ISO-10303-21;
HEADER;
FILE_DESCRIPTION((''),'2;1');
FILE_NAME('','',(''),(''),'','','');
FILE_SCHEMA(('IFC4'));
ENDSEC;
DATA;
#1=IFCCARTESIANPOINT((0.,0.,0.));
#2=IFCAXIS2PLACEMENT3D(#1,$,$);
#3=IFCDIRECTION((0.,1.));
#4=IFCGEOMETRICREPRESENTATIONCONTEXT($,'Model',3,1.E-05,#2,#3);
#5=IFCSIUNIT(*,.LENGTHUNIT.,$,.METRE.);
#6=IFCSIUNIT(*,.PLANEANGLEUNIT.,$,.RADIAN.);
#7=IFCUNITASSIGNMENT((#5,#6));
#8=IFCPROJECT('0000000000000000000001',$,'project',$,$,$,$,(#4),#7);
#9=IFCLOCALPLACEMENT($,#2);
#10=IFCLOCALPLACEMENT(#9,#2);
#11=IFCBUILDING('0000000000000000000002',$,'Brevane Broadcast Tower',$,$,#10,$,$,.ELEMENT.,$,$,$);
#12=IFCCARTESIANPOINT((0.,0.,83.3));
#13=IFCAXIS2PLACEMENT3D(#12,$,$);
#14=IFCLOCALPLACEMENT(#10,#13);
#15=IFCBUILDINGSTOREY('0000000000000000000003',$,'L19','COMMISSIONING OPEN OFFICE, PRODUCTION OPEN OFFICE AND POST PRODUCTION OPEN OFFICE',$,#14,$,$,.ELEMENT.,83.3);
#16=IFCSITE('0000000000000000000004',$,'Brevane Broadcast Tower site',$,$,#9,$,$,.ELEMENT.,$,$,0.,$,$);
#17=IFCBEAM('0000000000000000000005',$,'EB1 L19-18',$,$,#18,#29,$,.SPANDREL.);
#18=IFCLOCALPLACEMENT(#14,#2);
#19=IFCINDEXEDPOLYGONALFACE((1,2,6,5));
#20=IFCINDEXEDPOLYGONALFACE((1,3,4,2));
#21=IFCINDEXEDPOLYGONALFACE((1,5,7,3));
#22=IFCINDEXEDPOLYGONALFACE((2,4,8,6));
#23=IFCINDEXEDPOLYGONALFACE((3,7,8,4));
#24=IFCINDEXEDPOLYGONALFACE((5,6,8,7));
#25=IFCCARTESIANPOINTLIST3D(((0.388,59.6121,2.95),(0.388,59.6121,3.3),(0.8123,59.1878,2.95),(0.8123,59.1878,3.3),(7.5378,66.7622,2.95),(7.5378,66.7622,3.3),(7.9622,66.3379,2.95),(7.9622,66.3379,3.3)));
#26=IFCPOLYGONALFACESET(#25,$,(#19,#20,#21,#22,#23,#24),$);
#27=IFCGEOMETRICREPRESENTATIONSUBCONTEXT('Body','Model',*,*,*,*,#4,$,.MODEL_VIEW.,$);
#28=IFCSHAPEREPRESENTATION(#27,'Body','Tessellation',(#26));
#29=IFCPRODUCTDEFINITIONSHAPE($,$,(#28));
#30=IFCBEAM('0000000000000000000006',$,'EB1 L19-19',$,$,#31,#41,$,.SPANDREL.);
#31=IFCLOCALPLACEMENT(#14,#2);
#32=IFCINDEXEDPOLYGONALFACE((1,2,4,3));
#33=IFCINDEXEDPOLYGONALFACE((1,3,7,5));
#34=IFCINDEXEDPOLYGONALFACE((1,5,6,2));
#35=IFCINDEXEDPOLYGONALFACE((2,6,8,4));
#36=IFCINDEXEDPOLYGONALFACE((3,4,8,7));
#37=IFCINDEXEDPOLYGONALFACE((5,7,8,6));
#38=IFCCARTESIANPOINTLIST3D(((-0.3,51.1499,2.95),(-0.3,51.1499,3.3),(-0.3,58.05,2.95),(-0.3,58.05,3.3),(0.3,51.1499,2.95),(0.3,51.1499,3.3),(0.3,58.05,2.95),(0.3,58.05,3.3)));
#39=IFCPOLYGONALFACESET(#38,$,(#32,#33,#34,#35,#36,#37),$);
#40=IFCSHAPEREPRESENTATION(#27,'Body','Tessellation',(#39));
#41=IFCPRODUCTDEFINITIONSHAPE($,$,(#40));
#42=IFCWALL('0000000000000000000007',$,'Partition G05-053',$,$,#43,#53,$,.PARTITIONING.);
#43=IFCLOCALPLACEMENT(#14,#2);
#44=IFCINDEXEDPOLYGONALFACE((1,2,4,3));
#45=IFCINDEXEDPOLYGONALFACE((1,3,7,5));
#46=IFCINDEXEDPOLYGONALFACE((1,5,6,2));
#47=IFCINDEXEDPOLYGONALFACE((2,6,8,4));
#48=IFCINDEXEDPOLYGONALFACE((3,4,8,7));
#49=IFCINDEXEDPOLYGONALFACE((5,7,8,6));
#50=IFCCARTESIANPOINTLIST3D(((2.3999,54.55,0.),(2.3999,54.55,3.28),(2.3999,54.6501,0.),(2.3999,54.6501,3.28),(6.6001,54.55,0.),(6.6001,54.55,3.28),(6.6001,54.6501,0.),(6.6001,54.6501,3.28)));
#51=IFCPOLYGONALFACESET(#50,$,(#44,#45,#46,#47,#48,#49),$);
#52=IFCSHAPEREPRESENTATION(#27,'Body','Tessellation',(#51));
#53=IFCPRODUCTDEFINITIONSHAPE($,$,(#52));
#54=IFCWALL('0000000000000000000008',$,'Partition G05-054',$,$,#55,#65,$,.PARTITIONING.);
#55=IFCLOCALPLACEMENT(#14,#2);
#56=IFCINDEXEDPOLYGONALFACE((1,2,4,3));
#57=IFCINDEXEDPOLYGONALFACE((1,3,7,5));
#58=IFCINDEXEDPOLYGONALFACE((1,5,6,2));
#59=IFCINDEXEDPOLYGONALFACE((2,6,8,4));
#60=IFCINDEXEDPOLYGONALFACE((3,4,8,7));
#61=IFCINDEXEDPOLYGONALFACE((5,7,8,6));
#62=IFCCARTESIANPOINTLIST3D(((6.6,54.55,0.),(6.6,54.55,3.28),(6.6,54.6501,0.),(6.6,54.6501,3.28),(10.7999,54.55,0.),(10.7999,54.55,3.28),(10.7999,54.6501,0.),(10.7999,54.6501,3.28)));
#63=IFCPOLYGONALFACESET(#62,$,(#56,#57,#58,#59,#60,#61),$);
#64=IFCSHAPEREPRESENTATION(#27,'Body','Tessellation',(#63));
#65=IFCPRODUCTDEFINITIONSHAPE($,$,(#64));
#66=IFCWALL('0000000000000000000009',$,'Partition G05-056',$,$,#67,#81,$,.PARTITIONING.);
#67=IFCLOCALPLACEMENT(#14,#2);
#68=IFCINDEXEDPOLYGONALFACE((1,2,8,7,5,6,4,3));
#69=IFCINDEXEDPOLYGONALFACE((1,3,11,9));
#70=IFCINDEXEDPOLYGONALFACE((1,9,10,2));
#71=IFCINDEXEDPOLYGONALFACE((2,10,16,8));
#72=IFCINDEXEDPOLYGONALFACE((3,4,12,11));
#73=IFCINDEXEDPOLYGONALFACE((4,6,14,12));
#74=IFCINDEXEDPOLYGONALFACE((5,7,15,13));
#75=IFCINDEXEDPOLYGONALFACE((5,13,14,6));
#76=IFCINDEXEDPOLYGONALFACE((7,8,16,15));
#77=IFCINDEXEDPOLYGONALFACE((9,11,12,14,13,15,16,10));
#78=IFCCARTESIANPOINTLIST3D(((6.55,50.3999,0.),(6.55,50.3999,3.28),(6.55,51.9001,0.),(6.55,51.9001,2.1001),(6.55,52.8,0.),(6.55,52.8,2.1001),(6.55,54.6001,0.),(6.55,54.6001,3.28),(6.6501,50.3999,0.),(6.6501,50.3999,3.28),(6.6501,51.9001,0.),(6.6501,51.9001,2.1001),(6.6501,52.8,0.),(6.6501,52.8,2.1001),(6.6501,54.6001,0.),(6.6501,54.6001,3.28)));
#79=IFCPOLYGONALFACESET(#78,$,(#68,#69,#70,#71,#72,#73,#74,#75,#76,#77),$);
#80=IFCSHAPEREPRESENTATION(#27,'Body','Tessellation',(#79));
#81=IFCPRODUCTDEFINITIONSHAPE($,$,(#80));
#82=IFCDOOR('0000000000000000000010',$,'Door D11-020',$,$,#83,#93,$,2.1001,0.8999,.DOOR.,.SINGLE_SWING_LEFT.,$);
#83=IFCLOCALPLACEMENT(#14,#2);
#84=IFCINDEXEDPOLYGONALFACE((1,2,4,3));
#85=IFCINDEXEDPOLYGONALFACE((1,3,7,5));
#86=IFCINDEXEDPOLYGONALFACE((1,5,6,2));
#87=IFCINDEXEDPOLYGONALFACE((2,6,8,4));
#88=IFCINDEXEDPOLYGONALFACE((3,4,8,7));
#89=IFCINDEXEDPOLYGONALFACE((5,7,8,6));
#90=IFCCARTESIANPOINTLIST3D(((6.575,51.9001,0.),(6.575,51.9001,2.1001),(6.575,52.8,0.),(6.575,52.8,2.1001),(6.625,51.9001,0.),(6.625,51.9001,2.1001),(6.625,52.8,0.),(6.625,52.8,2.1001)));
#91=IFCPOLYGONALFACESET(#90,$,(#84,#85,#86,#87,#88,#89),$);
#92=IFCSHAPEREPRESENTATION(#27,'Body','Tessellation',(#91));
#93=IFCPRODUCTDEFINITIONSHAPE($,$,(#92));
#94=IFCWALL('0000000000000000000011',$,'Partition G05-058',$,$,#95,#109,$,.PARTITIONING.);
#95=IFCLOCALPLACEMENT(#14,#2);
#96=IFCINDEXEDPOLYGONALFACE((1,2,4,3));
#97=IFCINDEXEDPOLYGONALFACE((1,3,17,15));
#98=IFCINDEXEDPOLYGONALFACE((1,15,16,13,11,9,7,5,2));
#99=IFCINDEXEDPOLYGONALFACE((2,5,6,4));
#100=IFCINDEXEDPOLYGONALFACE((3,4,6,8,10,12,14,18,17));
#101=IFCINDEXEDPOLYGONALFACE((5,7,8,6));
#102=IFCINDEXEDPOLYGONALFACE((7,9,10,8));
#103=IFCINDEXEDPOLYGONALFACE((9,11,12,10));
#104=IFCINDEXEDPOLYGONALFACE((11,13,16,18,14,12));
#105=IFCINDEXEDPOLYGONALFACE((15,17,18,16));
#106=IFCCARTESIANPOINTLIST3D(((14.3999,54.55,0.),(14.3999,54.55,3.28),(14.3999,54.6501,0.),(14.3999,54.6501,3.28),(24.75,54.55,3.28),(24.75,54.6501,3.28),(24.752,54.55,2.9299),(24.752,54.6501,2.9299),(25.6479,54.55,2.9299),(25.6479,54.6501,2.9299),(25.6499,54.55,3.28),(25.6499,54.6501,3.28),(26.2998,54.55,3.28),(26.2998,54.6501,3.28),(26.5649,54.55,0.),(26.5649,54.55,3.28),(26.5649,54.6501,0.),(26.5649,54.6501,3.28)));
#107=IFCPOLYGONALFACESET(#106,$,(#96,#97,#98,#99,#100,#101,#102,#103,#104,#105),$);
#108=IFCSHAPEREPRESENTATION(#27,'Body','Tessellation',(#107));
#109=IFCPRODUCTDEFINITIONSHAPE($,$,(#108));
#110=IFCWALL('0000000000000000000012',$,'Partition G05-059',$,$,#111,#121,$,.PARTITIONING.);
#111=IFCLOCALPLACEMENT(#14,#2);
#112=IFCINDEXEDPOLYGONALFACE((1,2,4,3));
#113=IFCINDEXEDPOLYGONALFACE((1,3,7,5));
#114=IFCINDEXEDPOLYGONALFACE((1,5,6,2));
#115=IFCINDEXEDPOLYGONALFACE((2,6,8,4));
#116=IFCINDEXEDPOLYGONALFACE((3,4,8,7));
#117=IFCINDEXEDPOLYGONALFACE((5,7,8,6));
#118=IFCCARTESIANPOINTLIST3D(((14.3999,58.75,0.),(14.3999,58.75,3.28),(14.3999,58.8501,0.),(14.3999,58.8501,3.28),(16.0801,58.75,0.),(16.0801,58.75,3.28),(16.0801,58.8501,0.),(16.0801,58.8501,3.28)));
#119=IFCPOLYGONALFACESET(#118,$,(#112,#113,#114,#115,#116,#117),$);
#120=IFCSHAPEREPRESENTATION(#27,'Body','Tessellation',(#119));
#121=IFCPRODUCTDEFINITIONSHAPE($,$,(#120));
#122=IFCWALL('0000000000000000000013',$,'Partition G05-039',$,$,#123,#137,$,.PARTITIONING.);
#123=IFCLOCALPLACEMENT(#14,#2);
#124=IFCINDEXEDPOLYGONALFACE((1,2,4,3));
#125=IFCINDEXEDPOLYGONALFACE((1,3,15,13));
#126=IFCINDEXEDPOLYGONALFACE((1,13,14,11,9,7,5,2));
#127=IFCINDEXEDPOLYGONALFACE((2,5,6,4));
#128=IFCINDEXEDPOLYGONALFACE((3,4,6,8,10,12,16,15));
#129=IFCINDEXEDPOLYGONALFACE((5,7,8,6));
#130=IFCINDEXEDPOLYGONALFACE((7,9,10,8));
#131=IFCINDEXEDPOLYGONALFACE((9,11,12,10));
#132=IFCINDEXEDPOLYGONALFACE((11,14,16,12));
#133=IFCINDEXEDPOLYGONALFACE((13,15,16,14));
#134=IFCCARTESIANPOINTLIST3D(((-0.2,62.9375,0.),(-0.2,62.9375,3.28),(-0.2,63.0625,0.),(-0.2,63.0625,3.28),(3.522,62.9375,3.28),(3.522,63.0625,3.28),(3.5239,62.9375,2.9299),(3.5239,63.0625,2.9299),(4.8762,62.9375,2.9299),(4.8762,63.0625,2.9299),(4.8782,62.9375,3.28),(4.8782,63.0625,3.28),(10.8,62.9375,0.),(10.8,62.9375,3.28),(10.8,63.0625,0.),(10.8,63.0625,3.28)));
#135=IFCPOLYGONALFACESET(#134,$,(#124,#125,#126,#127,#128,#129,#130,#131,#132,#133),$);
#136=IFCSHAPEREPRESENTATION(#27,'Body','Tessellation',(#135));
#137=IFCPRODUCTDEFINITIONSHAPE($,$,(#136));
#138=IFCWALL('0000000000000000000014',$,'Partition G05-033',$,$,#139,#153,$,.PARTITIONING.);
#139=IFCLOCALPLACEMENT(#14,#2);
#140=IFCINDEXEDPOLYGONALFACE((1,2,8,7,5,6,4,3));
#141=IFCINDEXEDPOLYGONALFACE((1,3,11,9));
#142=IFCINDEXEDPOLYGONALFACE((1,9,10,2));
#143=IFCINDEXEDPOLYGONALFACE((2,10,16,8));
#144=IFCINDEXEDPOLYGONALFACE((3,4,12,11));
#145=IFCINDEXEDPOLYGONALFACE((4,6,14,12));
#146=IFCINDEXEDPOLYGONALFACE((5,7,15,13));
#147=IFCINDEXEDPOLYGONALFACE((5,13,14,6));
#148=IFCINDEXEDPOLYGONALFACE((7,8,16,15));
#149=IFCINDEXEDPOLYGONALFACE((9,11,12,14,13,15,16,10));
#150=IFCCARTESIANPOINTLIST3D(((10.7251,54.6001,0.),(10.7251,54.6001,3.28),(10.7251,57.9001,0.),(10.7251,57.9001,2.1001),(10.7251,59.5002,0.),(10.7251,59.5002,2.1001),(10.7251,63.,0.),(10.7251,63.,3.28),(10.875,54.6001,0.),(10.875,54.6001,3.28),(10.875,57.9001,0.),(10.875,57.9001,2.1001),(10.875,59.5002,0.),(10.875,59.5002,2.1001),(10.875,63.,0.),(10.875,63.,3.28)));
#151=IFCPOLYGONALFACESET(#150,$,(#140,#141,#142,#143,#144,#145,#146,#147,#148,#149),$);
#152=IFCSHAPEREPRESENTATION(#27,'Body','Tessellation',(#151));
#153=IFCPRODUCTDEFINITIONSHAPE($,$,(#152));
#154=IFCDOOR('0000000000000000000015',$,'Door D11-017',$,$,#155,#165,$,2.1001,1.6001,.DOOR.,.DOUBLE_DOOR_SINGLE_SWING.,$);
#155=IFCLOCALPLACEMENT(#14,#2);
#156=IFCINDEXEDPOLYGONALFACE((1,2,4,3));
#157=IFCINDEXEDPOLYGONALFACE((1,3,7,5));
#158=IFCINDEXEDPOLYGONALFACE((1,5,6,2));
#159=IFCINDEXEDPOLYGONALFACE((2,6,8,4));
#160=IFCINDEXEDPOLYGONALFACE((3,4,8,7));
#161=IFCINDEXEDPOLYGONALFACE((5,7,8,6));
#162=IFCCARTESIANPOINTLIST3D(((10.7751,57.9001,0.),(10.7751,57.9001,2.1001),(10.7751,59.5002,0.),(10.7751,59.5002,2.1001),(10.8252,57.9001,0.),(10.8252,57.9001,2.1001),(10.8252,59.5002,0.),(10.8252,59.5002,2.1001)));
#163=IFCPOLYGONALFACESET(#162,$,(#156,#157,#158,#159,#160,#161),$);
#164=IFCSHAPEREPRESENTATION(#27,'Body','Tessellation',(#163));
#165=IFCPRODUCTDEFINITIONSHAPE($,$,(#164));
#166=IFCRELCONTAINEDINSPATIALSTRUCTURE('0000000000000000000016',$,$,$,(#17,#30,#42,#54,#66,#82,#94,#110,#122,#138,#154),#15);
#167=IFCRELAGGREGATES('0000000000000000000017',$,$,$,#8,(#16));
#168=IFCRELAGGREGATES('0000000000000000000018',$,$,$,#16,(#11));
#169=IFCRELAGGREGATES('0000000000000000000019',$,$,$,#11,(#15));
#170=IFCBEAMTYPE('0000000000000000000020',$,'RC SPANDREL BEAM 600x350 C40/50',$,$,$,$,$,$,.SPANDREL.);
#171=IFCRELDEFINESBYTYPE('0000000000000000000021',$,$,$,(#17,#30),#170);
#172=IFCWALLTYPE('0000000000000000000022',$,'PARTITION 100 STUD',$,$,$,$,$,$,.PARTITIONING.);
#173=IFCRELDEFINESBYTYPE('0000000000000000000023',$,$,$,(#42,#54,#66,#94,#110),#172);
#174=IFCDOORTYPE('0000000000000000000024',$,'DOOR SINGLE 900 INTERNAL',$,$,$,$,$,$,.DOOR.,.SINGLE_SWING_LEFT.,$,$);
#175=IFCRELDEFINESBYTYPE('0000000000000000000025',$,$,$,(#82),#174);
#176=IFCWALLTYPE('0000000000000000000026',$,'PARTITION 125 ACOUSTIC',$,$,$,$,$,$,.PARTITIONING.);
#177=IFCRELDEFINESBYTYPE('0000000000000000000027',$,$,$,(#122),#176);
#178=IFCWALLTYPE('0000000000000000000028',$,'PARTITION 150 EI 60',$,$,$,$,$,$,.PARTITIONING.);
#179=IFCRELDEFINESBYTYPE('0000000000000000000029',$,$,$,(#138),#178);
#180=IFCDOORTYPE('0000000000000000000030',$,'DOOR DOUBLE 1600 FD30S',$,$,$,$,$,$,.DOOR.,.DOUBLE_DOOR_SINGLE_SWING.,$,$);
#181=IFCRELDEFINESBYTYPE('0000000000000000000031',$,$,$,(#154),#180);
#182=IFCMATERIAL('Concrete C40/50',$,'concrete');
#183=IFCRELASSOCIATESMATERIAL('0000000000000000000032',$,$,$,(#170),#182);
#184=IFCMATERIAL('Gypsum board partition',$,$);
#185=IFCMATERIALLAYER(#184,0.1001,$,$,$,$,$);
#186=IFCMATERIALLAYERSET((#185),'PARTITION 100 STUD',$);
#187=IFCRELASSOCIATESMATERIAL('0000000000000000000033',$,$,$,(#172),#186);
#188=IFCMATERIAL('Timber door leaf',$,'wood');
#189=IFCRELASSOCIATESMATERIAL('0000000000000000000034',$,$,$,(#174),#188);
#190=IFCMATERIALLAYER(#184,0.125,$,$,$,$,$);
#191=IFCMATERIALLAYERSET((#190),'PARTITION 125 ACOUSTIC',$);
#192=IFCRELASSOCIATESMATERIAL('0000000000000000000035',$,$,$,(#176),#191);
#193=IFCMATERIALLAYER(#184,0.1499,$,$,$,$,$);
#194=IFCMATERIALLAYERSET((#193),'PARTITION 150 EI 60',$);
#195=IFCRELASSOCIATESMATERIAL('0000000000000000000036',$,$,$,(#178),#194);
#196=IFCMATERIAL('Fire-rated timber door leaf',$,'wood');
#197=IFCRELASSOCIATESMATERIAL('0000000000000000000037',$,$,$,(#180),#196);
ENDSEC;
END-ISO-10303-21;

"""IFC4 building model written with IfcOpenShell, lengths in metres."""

from ifc_helpers import new_model, si_unit, direction, frame, frame_2d, origin, origin_2d, place, context, subcontext, project, spatial, polyline, rectangle, outline, extrude, material, layer, layer_set, material_profile, profile_set, type_object, element, fill, save


model = new_model("IFC4")

# Units and contexts
model_context = context("Model", 3, precision=1e-05, world=origin(), true_north=direction((0.0, 1.0)))
body_context = subcontext(model_context, "Body", "Model", "MODEL_VIEW")
ifc_project = project(units=[si_unit("LENGTHUNIT", "METRE"), si_unit("PLANEANGLEUNIT", "RADIAN")], contexts=[model_context])

# Site, building, storey
site_placement = place(None, origin())
site = spatial("IfcSite", under=ifc_project, at=site_placement, Name="Brevane Broadcast Tower site", CompositionType="ELEMENT", RefElevation=0.0)
building_placement = place(site_placement, origin())
building = spatial("IfcBuilding", under=site, at=building_placement, Name="Brevane Broadcast Tower", CompositionType="ELEMENT")
storey_placement = place(building_placement, frame((0.0, 0.0, 83.3)))
storey = spatial("IfcBuildingStorey", under=building, at=storey_placement, Name="L19", Description="COMMISSIONING OPEN OFFICE, PRODUCTION OPEN OFFICE AND POST PRODUCTION OPEN OFFICE", CompositionType="ELEMENT", Elevation=83.3)

# Beams
ifc_material_1 = material(Name="Concrete C40/50", Category="concrete")
ifc_material_profile_1 = material_profile(ifc_material_1, rectangle(XDim=0.6001, YDim=0.3501, at=origin_2d()), Name="RC 600x350")
ifc_profile_set_1 = profile_set([ifc_material_profile_1], Name="Concrete C40/50")
beam_type = type_object("IfcBeamType", Name="RC SPANDREL BEAM 600x350 C40/50", PredefinedType="SPANDREL", material=ifc_profile_set_1)
beam_1_placement = place(storey_placement, frame((7.75, 66.55, 3.125), z_axis=(-0.707095, -0.707119, 0.0), x_axis=(0.707119, -0.707095, 0.0)))
element("IfcBeam", 1, at=beam_1_placement, inside=storey, type_object=beam_type, Name="EB1 L19-18", PredefinedType="SPANDREL", context=body_context, shape_type="SweptSolid", body=[
    extrude(rectangle(XDim=0.6001, YDim=0.3501, at=origin_2d()), origin(), (0.0, 0.0, 1.0), 10.1116),
])
beam_2_placement = place(storey_placement, frame((0.0, 58.05, 3.125), z_axis=(0.0, -1.0, 0.0), x_axis=(1.0, 0.0, 0.0)))
element("IfcBeam", 2, at=beam_2_placement, inside=storey, type_object=beam_type, Name="EB1 L19-19", PredefinedType="SPANDREL", context=body_context, shape_type="SweptSolid", body=[
    extrude(rectangle(XDim=0.6001, YDim=0.3501, at=origin_2d()), origin(), (0.0, 0.0, 1.0), 6.9001),
])

# Walls
ifc_material_2 = material(Name="Gypsum board partition")
ifc_layer_1 = layer(ifc_material_2, 0.1001)
ifc_layer_set_1 = layer_set([ifc_layer_1], Name="PARTITION 100 STUD")
wall_type_1 = type_object("IfcWallType", Name="PARTITION 100 STUD", PredefinedType="PARTITIONING", material=ifc_layer_set_1)
wall_1_placement = place(storey_placement, frame((6.6001, 54.6001, 0.0), z_axis=(0.0, 0.0, 1.0), x_axis=(-1.0, 0.0, 0.0)))
element("IfcWall", 3, at=wall_1_placement, inside=storey, type_object=wall_type_1, Name="Partition G05-053", PredefinedType="PARTITIONING", context=body_context, shape_type="SweptSolid", body=[
    extrude(rectangle(XDim=4.2002, YDim=0.1001, at=frame_2d((2.1001, 0.0))), origin(), (0.0, 0.0, 1.0), 3.28),
])
wall_2_placement = place(storey_placement, frame((10.8, 54.6001, 0.0), z_axis=(0.0, 0.0, 1.0), x_axis=(-1.0, 0.0, 0.0)))
element("IfcWall", 4, at=wall_2_placement, inside=storey, type_object=wall_type_1, Name="Partition G05-054", PredefinedType="PARTITIONING", context=body_context, shape_type="SweptSolid", body=[
    extrude(rectangle(XDim=4.2, YDim=0.1001, at=frame_2d((2.1001, 0.0))), origin(), (0.0, 0.0, 1.0), 3.28),
])

# Wall, opening, door
wall_3_placement = place(storey_placement, frame((6.6001, 54.6001, 0.0), z_axis=(0.0, 0.0, 1.0), x_axis=(0.0, -1.0, 0.0)))
wall_3 = element("IfcWall", 5, at=wall_3_placement, inside=storey, type_object=wall_type_1, Name="Partition G05-056", PredefinedType="PARTITIONING", context=body_context, shape_type="SweptSolid", body=[
    extrude(rectangle(XDim=4.2002, YDim=0.1001, at=frame_2d((2.1001, 0.0))), origin(), (0.0, 0.0, 1.0), 3.28),
])
opening_1_placement = place(wall_3_placement, frame((1.8, 0.0, 0.0)))
opening_1 = element("IfcOpeningElement", 6, at=opening_1_placement, cuts=wall_3, PredefinedType="OPENING", context=body_context, shape_type="SweptSolid", body=[
    extrude(rectangle(XDim=0.8999, YDim=2.1001, at=frame_2d((0.45, 1.05))), frame((0.0, 0.0601, 0.0), z_axis=(0.0, -1.0, 0.0), x_axis=(1.0, 0.0, 0.0)), (0.0, 0.0, 1.0), 0.1201),
])
ifc_material_3 = material(Name="Timber door leaf", Category="wood")
door_type_1 = type_object("IfcDoorType", Name="DOOR SINGLE 900 INTERNAL", OperationType="SINGLE_SWING_LEFT", PredefinedType="DOOR", material=ifc_material_3)
door_1_placement = place(opening_1_placement, origin())
door_1 = element("IfcDoor", 7, at=door_1_placement, inside=storey, type_object=door_type_1, Name="Door D11-020", OperationType="SINGLE_SWING_LEFT", OverallHeight=2.1001, OverallWidth=0.8999, PredefinedType="DOOR", context=body_context, shape_type="SweptSolid", body=[
    extrude(rectangle(XDim=0.8999, YDim=2.1001, at=frame_2d((0.45, 1.05))), frame((0.0, 0.0249, 0.0), z_axis=(0.0, -1.0, 0.0), x_axis=(1.0, 0.0, 0.0)), (0.0, 0.0, 1.0), 0.05),
])
fill(opening_1, door_1)

# Walls
wall_4_placement = place(storey_placement, frame((14.3999, 54.6001, 0.0), z_axis=(0.0, 0.0, 1.0), x_axis=(1.0, 0.0, 0.0)))
element("IfcWall", 8, at=wall_4_placement, inside=storey, type_object=wall_type_1, Name="Partition G05-058", PredefinedType="PARTITIONING", context=body_context, shape_type="SweptSolid", body=[
    extrude(outline(polyline([(0.0, 0.0), (12.165, 0.0), (12.165, 3.28), (11.8999, 3.28), (11.25, 3.28), (11.248, 2.9299), (10.3521, 2.9299), (10.3501, 3.28), (0.0, 3.28), (0.0, 0.0)])), frame((0.0, 0.05, 0.0), z_axis=(0.0, -1.0, 0.0), x_axis=(1.0, 0.0, 0.0)), (0.0, 0.0, 1.0), 0.1001),
])
wall_5_placement = place(storey_placement, frame((14.3999, 58.8, 0.0), z_axis=(0.0, 0.0, 1.0), x_axis=(1.0, 0.0, 0.0)))
element("IfcWall", 9, at=wall_5_placement, inside=storey, type_object=wall_type_1, Name="Partition G05-059", PredefinedType="PARTITIONING", context=body_context, shape_type="SweptSolid", body=[
    extrude(rectangle(XDim=1.6802, YDim=0.1001, at=frame_2d((0.8401, 0.0))), origin(), (0.0, 0.0, 1.0), 3.28),
])
ifc_layer_2 = layer(ifc_material_2, 0.125)
ifc_layer_set_2 = layer_set([ifc_layer_2], Name="PARTITION 125 ACOUSTIC")
wall_type_2 = type_object("IfcWallType", Name="PARTITION 125 ACOUSTIC", PredefinedType="PARTITIONING", material=ifc_layer_set_2)
wall_6_placement = place(storey_placement, frame((10.8, 63.0, 0.0), z_axis=(0.0, 0.0, 1.0), x_axis=(-1.0, 0.0, 0.0)))
element("IfcWall", 10, at=wall_6_placement, inside=storey, type_object=wall_type_2, Name="Partition G05-039", PredefinedType="PARTITIONING", context=body_context, shape_type="SweptSolid", body=[
    extrude(outline(polyline([(0.0, 0.0), (11.0, 0.0), (11.0, 3.28), (7.2781, 3.28), (7.2761, 2.9299), (5.9238, 2.9299), (5.9219, 3.28), (0.0, 3.28), (0.0, 0.0)])), frame((0.0, 0.0625, 0.0), z_axis=(0.0, -1.0, 0.0), x_axis=(1.0, 0.0, 0.0)), (0.0, 0.0, 1.0), 0.125),
])

# Wall, opening, door
ifc_layer_3 = layer(ifc_material_2, 0.1499)
ifc_layer_set_3 = layer_set([ifc_layer_3], Name="PARTITION 150 EI 60")
wall_type_3 = type_object("IfcWallType", Name="PARTITION 150 EI 60", PredefinedType="PARTITIONING", material=ifc_layer_set_3)
ifc_material_4 = material(Name="Fire-rated timber door leaf", Category="wood")
wall_7_placement = place(storey_placement, frame((10.8, 54.6001, 0.0), z_axis=(0.0, 0.0, 1.0), x_axis=(0.0, 1.0, 0.0)))
wall_7 = element("IfcWall", 11, at=wall_7_placement, inside=storey, type_object=wall_type_3, Name="Partition G05-033", PredefinedType="PARTITIONING", context=body_context, shape_type="SweptSolid", body=[
    extrude(rectangle(XDim=8.3999, YDim=0.1499, at=frame_2d((4.2, 0.0))), origin(), (0.0, 0.0, 1.0), 3.28),
])
opening_2_placement = place(wall_7_placement, frame((3.3, 0.0, 0.0)))
opening_2 = element("IfcOpeningElement", 12, at=opening_2_placement, cuts=wall_7, PredefinedType="OPENING", context=body_context, shape_type="SweptSolid", body=[
    extrude(rectangle(XDim=1.6001, YDim=2.1001, at=frame_2d((0.8, 1.05))), frame((0.0, 0.085, 0.0), z_axis=(0.0, -1.0, 0.0), x_axis=(1.0, 0.0, 0.0)), (0.0, 0.0, 1.0), 0.1699),
])
door_type_2 = type_object("IfcDoorType", Name="DOOR DOUBLE 1600 FD30S", OperationType="DOUBLE_DOOR_SINGLE_SWING", PredefinedType="DOOR", material=ifc_material_4)
door_2_placement = place(opening_2_placement, origin())
door_2 = element("IfcDoor", 13, at=door_2_placement, inside=storey, type_object=door_type_2, Name="Door D11-017", OperationType="DOUBLE_DOOR_SINGLE_SWING", OverallHeight=2.1001, OverallWidth=1.6001, PredefinedType="DOOR", context=body_context, shape_type="SweptSolid", body=[
    extrude(rectangle(XDim=1.6001, YDim=2.1001, at=frame_2d((0.8, 1.05))), frame((0.0, 0.0249, 0.0), z_axis=(0.0, -1.0, 0.0), x_axis=(1.0, 0.0, 0.0)), (0.0, 0.0, 1.0), 0.05),
])
fill(opening_2, door_2)

save(model, "model.ifc")
